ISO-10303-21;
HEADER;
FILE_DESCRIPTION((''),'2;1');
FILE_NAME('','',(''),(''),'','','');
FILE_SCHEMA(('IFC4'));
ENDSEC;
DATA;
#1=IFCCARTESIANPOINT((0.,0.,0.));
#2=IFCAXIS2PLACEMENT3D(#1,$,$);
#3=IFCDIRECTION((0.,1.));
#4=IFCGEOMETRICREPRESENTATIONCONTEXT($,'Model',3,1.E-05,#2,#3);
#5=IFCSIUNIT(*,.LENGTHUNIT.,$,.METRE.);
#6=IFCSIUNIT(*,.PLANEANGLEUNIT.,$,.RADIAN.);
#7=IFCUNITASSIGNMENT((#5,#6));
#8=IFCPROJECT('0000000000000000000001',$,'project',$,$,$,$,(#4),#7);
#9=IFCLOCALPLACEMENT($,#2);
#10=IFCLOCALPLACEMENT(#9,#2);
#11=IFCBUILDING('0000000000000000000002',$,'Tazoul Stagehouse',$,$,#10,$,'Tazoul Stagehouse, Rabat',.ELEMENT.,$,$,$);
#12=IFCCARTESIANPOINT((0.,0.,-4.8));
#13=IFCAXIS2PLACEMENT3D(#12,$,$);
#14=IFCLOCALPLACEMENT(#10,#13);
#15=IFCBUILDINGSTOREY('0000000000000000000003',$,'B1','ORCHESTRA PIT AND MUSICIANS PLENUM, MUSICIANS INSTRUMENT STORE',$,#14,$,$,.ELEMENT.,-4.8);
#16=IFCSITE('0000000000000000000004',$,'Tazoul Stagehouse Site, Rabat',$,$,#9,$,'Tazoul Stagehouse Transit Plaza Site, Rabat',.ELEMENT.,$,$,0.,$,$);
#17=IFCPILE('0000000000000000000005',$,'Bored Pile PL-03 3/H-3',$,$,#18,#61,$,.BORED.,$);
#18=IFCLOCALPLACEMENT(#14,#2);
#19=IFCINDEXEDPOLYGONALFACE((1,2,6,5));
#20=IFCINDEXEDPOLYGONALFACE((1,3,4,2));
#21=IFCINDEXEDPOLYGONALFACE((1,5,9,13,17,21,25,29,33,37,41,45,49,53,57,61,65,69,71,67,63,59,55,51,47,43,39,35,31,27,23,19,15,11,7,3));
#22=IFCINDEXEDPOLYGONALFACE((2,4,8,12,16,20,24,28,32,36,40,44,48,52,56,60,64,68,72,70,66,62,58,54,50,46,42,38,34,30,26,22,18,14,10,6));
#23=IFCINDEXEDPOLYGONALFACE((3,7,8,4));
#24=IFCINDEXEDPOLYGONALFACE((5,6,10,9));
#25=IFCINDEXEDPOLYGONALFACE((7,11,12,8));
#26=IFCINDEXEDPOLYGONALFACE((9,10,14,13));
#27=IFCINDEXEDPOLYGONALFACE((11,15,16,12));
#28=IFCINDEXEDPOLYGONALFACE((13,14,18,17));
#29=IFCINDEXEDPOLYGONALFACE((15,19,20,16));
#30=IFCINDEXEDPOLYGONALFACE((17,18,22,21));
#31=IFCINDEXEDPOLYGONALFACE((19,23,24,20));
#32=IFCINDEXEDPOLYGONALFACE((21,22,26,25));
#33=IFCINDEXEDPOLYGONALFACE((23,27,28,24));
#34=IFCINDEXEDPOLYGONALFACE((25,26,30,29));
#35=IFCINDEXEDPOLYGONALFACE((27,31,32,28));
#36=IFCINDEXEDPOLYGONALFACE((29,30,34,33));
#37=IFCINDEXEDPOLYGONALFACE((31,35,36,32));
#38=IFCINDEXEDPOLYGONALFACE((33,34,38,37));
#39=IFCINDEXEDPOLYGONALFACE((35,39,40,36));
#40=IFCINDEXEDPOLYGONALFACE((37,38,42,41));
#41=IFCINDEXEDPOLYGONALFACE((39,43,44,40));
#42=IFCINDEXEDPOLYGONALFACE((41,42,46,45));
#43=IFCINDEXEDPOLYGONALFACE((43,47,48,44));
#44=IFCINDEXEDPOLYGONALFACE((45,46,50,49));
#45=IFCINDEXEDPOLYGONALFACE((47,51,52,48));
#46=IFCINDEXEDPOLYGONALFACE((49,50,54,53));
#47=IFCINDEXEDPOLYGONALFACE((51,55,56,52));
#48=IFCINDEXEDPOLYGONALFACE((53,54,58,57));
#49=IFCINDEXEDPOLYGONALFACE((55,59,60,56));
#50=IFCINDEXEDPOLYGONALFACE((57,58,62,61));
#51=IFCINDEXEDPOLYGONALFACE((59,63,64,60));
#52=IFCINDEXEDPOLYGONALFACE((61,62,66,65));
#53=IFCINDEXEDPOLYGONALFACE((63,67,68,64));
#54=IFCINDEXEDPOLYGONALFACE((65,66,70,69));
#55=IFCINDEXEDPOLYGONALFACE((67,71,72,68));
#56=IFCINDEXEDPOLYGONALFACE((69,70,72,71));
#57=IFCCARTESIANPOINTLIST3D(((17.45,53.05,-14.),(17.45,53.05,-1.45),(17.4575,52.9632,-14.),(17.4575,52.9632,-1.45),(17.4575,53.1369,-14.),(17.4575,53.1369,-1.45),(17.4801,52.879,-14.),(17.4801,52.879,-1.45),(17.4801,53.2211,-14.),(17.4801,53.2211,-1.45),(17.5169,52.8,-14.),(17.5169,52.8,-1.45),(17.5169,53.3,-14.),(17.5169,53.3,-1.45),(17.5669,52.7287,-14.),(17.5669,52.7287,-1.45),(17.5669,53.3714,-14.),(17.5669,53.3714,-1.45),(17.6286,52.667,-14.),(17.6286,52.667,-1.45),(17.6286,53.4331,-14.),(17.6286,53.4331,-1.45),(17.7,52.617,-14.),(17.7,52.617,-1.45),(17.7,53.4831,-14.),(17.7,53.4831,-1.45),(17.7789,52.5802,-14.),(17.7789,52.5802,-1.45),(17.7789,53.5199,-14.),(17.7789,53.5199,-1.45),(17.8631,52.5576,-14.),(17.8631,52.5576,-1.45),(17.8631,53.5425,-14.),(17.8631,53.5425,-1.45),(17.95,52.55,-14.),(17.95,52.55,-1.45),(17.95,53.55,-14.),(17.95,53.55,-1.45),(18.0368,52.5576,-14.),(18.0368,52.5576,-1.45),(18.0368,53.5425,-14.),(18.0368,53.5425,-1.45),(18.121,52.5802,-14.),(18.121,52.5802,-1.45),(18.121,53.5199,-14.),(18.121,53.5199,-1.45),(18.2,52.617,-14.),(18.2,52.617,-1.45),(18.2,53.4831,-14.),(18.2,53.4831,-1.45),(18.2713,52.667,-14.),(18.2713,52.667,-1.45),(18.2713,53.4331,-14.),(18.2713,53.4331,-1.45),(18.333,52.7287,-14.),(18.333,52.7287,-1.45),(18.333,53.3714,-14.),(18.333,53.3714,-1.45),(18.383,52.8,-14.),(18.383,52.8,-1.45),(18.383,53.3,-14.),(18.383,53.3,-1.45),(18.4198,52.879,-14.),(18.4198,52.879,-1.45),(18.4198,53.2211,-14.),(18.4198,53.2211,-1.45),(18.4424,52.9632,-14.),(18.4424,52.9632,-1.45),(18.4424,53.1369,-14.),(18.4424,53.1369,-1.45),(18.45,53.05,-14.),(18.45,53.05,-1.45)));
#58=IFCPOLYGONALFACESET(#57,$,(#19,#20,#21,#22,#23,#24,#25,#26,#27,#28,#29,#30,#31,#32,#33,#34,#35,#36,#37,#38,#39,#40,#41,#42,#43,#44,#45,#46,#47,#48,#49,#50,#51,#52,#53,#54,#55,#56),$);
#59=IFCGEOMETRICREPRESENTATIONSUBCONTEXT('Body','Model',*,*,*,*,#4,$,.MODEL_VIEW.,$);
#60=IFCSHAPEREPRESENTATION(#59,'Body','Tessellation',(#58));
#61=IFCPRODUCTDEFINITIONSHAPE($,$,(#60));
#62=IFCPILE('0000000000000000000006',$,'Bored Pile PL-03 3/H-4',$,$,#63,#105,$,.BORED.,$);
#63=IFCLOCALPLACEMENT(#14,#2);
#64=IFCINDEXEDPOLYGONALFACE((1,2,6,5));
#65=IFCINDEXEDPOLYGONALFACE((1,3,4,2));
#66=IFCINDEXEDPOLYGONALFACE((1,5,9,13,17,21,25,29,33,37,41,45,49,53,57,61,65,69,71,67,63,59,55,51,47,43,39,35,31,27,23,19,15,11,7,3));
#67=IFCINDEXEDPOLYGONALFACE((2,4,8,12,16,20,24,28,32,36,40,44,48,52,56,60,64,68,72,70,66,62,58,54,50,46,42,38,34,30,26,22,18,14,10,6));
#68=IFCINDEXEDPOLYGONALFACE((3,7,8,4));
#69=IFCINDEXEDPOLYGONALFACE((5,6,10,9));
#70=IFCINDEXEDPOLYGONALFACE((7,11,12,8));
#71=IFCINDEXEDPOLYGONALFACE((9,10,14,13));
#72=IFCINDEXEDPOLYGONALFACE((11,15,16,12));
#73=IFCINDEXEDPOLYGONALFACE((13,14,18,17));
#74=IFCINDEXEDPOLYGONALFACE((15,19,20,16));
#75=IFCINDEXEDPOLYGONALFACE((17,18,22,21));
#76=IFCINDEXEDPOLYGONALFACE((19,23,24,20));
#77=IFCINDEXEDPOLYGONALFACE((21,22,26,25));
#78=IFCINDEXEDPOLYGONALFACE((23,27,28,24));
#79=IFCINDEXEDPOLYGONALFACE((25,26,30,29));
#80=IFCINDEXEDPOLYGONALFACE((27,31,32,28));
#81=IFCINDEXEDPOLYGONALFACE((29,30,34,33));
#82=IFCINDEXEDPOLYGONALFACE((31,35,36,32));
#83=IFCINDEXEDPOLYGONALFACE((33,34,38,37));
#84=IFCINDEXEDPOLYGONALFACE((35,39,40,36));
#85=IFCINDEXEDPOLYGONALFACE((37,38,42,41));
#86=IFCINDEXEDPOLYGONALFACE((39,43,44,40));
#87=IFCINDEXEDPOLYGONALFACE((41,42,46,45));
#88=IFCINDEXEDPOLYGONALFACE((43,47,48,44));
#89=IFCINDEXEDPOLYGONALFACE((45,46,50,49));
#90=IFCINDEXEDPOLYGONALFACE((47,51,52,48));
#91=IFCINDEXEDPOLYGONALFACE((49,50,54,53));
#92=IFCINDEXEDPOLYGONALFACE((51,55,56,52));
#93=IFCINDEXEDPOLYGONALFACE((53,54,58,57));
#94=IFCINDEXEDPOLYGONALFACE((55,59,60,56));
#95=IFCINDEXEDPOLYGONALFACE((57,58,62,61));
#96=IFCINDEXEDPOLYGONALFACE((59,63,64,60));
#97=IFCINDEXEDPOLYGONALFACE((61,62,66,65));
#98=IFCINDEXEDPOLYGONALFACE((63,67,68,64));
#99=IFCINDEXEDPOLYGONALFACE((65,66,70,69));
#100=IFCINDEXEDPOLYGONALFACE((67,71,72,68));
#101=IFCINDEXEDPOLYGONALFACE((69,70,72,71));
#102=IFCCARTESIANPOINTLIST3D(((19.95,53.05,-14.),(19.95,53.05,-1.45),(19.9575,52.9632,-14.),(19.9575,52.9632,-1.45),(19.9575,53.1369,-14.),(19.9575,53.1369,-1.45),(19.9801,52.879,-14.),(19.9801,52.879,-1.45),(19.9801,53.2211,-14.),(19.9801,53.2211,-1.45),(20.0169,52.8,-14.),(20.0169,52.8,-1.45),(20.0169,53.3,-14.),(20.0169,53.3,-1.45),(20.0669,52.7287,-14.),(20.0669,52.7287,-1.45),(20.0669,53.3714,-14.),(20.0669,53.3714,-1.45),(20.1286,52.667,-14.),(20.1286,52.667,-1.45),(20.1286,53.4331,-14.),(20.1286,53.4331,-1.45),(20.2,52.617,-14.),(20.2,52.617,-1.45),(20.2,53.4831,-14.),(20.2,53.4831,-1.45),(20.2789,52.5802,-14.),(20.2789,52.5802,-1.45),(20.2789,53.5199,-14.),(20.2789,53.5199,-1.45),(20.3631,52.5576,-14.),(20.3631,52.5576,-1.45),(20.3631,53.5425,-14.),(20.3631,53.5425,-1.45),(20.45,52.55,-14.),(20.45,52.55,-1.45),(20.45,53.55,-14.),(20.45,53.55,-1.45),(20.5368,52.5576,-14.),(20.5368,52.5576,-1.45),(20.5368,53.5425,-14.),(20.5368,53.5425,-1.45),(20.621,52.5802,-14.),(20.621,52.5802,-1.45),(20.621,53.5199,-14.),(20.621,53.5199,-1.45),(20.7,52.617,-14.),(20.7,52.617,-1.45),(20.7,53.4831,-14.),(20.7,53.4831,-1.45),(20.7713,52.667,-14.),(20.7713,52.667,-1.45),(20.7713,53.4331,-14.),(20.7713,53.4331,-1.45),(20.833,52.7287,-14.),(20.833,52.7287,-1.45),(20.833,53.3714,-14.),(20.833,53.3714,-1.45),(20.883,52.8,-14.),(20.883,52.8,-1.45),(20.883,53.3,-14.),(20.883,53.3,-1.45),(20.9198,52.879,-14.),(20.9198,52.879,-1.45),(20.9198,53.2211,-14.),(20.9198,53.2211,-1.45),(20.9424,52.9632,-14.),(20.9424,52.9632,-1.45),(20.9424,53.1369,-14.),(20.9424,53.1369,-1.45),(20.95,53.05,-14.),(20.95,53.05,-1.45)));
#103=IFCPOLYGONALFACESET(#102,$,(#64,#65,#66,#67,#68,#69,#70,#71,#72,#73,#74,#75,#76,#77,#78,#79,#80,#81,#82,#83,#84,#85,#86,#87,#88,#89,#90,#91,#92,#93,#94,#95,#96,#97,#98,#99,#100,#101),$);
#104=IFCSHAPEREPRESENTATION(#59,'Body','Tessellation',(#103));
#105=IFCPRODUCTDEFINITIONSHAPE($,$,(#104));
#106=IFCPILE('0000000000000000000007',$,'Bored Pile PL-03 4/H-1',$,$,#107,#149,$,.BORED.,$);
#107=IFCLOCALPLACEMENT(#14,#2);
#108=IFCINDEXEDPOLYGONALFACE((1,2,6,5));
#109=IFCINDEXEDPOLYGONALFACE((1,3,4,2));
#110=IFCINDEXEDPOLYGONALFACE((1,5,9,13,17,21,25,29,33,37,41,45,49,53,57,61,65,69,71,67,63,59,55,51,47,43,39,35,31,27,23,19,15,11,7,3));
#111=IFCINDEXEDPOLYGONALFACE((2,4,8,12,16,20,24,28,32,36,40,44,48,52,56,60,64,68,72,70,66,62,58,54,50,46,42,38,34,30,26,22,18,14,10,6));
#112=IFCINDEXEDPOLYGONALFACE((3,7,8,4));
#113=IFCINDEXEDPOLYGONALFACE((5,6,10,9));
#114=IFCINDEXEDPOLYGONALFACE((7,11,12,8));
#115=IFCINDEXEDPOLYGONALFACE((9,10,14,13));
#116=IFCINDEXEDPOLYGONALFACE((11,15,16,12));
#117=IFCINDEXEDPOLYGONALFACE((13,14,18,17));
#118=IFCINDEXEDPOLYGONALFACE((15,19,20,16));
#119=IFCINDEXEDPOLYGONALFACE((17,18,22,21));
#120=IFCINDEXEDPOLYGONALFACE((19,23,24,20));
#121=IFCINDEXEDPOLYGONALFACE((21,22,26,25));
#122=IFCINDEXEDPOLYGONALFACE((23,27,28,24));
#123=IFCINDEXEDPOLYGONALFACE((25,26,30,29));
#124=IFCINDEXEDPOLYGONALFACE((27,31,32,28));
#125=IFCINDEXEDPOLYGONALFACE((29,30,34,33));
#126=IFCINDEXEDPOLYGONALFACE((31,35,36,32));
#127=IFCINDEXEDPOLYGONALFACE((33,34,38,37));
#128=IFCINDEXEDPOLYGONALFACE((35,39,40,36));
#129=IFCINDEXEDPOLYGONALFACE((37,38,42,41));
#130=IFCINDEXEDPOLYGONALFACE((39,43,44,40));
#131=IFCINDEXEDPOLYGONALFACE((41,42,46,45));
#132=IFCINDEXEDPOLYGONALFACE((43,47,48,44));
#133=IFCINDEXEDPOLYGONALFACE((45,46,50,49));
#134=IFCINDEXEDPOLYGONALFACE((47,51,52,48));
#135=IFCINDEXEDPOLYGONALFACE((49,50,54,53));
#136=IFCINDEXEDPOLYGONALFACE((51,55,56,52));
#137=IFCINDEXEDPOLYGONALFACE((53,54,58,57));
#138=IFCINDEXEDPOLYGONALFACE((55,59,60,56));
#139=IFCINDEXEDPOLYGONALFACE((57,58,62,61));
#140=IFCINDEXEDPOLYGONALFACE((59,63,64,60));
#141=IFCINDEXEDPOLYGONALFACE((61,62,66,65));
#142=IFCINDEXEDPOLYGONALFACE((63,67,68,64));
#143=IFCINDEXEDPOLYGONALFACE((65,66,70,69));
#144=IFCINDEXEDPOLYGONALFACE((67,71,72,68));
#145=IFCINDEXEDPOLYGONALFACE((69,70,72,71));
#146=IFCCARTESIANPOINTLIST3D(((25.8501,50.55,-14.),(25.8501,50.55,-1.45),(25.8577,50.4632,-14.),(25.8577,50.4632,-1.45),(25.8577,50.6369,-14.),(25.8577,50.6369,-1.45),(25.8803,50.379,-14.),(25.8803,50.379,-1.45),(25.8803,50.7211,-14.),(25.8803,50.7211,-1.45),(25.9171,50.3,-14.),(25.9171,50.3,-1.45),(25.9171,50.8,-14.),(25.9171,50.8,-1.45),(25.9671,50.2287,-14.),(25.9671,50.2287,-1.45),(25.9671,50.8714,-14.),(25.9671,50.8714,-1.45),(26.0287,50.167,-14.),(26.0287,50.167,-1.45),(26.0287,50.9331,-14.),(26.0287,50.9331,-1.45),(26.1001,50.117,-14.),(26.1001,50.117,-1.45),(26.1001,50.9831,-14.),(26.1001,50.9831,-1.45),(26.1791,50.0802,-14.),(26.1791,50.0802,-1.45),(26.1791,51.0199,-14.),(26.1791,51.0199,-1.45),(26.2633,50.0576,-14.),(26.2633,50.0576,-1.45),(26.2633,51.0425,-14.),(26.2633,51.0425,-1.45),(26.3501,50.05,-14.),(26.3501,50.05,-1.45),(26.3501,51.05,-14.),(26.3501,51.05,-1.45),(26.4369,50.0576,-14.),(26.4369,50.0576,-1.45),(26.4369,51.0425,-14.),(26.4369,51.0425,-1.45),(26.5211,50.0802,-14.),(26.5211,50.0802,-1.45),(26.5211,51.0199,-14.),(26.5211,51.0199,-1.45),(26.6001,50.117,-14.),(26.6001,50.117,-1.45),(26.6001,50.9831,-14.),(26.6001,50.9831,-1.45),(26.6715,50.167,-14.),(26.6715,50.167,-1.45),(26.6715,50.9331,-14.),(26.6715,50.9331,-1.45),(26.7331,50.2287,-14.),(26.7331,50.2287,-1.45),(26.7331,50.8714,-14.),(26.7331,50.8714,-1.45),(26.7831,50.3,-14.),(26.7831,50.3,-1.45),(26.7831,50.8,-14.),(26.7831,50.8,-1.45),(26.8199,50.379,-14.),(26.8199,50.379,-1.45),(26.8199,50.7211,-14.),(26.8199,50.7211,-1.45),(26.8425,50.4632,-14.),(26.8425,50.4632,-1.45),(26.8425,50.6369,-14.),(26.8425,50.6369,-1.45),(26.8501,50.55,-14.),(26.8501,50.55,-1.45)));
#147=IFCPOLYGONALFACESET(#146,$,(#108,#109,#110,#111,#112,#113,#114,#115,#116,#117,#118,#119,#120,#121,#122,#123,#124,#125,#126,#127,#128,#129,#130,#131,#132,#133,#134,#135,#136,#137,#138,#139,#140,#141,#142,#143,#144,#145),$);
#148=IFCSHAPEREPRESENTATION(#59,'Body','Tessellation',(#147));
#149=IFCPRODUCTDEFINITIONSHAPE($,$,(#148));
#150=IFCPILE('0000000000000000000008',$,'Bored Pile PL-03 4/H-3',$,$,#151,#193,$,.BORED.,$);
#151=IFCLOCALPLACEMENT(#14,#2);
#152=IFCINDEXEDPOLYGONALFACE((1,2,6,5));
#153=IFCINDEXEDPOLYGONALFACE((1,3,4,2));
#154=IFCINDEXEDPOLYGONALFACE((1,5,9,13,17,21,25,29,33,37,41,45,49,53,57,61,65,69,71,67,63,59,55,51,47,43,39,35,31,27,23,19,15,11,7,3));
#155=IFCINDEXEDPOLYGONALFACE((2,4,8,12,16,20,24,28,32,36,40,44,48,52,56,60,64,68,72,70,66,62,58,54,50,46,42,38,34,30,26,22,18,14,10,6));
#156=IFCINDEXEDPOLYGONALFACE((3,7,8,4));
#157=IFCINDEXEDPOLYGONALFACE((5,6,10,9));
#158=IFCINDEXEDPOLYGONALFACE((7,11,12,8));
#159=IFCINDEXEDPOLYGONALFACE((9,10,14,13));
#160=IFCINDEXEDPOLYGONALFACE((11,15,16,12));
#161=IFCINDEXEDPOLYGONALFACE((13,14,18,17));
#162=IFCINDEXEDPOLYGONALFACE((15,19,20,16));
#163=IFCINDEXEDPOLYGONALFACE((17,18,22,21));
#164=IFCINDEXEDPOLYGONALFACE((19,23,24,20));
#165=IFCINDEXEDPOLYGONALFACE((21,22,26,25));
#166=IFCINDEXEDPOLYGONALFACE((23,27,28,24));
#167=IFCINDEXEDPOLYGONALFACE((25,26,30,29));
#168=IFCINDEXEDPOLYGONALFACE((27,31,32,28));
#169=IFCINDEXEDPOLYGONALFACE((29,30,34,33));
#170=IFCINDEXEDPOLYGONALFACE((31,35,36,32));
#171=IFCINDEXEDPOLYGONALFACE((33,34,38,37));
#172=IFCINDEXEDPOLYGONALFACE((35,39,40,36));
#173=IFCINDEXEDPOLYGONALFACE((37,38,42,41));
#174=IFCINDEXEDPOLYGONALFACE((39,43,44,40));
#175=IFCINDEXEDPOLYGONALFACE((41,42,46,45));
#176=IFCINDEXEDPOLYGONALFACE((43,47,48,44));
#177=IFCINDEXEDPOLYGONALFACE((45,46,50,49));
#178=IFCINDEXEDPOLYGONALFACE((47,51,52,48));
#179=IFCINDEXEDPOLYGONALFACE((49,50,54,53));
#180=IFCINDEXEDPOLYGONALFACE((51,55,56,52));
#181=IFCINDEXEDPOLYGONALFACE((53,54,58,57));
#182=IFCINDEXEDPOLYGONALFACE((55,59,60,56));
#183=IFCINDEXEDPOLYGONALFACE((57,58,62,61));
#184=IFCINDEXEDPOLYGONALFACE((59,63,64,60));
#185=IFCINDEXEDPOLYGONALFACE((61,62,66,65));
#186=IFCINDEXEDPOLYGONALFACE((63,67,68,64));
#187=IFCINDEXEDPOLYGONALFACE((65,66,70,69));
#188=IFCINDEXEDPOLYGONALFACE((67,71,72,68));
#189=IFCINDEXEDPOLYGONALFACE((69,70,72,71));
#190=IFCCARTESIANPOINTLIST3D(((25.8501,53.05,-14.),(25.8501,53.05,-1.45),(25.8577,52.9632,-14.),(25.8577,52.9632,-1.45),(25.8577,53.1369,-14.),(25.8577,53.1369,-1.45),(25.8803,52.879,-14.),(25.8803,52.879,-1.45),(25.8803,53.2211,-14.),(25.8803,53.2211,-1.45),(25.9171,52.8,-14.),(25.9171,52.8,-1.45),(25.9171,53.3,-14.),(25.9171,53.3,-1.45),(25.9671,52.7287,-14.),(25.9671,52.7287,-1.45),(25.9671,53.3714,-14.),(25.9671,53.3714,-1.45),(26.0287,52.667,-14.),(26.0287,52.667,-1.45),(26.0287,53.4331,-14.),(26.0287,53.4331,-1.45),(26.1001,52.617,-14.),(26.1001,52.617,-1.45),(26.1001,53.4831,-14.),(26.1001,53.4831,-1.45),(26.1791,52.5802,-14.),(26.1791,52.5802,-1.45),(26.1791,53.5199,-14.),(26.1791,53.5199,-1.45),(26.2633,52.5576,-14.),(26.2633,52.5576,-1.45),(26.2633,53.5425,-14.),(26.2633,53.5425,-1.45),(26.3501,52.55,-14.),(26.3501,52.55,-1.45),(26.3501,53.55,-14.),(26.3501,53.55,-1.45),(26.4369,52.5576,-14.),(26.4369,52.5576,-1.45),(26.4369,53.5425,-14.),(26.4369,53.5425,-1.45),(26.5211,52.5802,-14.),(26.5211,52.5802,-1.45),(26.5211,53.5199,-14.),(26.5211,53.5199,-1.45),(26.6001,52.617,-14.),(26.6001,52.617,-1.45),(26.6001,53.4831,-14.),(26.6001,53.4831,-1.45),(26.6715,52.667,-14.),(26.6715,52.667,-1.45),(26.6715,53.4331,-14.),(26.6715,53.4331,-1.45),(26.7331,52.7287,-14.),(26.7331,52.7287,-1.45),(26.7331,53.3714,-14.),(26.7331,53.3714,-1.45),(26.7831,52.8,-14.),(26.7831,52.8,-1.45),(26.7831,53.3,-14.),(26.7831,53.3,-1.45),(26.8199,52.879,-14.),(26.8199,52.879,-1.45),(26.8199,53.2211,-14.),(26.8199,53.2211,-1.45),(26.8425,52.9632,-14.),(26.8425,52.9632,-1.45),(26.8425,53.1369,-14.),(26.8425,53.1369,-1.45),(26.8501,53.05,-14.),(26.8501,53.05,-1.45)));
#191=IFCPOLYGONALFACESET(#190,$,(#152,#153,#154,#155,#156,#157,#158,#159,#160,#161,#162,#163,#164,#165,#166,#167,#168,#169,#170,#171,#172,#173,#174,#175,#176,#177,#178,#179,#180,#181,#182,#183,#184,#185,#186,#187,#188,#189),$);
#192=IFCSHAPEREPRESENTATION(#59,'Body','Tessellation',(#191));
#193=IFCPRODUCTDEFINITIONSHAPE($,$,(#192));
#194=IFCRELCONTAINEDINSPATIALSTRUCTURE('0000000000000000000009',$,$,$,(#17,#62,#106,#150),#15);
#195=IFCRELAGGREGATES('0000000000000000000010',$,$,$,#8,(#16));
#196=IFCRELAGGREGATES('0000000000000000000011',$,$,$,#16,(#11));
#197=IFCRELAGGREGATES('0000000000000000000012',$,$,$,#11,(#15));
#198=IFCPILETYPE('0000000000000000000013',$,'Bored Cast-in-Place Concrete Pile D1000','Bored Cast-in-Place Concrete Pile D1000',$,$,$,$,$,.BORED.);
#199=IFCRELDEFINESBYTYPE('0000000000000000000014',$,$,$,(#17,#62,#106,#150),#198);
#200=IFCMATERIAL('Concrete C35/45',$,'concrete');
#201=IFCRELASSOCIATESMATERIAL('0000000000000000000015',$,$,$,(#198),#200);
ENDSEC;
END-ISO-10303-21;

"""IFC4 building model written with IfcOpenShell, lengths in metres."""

from ifc_helpers import new_model, si_unit, direction, frame, origin, origin_2d, place, context, subcontext, project, spatial, circle, extrude, material, material_profile, profile_set, type_object, element, save


model = new_model("IFC4")

# Units and contexts
model_context = context("Model", 3, precision=1e-05, world=origin(), true_north=direction((0.0, 1.0)))
body_context = subcontext(model_context, "Body", "Model", "MODEL_VIEW")
ifc_project = project(units=[si_unit("LENGTHUNIT", "METRE"), si_unit("PLANEANGLEUNIT", "RADIAN")], contexts=[model_context])

# Site, building, storey
site_placement = place(None, origin())
site = spatial("IfcSite", under=ifc_project, at=site_placement, Name="Tazoul Stagehouse Site, Rabat", LongName="Tazoul Stagehouse Transit Plaza Site, Rabat", CompositionType="ELEMENT", RefElevation=0.0)
building_placement = place(site_placement, origin())
building = spatial("IfcBuilding", under=site, at=building_placement, Name="Tazoul Stagehouse", LongName="Tazoul Stagehouse, Rabat", CompositionType="ELEMENT")
storey_placement = place(building_placement, frame((0.0, 0.0, -4.8)))
storey = spatial("IfcBuildingStorey", under=building, at=storey_placement, Name="B1", Description="ORCHESTRA PIT AND MUSICIANS PLENUM, MUSICIANS INSTRUMENT STORE", CompositionType="ELEMENT", Elevation=-4.8)

# Piles
ifc_material_1 = material(Name="Concrete C35/45", Category="concrete")
ifc_material_profile_1 = material_profile(ifc_material_1, circle(Radius=0.5, at=origin_2d()), Name="BORED PILE 1000")
ifc_profile_set_1 = profile_set([ifc_material_profile_1], Name="Concrete C35/45")
pile_type_1 = type_object("IfcPileType", Name="Bored Cast-in-Place Concrete Pile D1000", Description="Bored Cast-in-Place Concrete Pile D1000", PredefinedType="BORED", material=ifc_profile_set_1)
for number, where, z_axis, x_axis, name in (
    (1, (17.95, 53.05, -1.45), (0.0, 0.0, -1.0), (1.0, 0.0, 0.0), "Bored Pile PL-03 3/H-3"),
    (2, (20.45, 53.05, -1.45), (0.0, 0.0, -1.0), (1.0, 0.0, 0.0), "Bored Pile PL-03 3/H-4"),
    (3, (26.3501, 50.55, -1.45), (0.0, 0.0, -1.0), (1.0, 0.0, 0.0), "Bored Pile PL-03 4/H-1"),
    (4, (26.3501, 53.05, -1.45), (0.0, 0.0, -1.0), (1.0, 0.0, 0.0), "Bored Pile PL-03 4/H-3"),
):
    element("IfcPile", number, at=place(storey_placement, frame(where, z_axis=z_axis, x_axis=x_axis)), inside=storey, type_object=pile_type_1, Name=name, PredefinedType="BORED", context=body_context, shape_type="SweptSolid", body=[
        extrude(circle(Radius=0.5, at=origin_2d()), origin(), (0.0, 0.0, 1.0), 12.55),
    ])

save(model, "model.ifc")
